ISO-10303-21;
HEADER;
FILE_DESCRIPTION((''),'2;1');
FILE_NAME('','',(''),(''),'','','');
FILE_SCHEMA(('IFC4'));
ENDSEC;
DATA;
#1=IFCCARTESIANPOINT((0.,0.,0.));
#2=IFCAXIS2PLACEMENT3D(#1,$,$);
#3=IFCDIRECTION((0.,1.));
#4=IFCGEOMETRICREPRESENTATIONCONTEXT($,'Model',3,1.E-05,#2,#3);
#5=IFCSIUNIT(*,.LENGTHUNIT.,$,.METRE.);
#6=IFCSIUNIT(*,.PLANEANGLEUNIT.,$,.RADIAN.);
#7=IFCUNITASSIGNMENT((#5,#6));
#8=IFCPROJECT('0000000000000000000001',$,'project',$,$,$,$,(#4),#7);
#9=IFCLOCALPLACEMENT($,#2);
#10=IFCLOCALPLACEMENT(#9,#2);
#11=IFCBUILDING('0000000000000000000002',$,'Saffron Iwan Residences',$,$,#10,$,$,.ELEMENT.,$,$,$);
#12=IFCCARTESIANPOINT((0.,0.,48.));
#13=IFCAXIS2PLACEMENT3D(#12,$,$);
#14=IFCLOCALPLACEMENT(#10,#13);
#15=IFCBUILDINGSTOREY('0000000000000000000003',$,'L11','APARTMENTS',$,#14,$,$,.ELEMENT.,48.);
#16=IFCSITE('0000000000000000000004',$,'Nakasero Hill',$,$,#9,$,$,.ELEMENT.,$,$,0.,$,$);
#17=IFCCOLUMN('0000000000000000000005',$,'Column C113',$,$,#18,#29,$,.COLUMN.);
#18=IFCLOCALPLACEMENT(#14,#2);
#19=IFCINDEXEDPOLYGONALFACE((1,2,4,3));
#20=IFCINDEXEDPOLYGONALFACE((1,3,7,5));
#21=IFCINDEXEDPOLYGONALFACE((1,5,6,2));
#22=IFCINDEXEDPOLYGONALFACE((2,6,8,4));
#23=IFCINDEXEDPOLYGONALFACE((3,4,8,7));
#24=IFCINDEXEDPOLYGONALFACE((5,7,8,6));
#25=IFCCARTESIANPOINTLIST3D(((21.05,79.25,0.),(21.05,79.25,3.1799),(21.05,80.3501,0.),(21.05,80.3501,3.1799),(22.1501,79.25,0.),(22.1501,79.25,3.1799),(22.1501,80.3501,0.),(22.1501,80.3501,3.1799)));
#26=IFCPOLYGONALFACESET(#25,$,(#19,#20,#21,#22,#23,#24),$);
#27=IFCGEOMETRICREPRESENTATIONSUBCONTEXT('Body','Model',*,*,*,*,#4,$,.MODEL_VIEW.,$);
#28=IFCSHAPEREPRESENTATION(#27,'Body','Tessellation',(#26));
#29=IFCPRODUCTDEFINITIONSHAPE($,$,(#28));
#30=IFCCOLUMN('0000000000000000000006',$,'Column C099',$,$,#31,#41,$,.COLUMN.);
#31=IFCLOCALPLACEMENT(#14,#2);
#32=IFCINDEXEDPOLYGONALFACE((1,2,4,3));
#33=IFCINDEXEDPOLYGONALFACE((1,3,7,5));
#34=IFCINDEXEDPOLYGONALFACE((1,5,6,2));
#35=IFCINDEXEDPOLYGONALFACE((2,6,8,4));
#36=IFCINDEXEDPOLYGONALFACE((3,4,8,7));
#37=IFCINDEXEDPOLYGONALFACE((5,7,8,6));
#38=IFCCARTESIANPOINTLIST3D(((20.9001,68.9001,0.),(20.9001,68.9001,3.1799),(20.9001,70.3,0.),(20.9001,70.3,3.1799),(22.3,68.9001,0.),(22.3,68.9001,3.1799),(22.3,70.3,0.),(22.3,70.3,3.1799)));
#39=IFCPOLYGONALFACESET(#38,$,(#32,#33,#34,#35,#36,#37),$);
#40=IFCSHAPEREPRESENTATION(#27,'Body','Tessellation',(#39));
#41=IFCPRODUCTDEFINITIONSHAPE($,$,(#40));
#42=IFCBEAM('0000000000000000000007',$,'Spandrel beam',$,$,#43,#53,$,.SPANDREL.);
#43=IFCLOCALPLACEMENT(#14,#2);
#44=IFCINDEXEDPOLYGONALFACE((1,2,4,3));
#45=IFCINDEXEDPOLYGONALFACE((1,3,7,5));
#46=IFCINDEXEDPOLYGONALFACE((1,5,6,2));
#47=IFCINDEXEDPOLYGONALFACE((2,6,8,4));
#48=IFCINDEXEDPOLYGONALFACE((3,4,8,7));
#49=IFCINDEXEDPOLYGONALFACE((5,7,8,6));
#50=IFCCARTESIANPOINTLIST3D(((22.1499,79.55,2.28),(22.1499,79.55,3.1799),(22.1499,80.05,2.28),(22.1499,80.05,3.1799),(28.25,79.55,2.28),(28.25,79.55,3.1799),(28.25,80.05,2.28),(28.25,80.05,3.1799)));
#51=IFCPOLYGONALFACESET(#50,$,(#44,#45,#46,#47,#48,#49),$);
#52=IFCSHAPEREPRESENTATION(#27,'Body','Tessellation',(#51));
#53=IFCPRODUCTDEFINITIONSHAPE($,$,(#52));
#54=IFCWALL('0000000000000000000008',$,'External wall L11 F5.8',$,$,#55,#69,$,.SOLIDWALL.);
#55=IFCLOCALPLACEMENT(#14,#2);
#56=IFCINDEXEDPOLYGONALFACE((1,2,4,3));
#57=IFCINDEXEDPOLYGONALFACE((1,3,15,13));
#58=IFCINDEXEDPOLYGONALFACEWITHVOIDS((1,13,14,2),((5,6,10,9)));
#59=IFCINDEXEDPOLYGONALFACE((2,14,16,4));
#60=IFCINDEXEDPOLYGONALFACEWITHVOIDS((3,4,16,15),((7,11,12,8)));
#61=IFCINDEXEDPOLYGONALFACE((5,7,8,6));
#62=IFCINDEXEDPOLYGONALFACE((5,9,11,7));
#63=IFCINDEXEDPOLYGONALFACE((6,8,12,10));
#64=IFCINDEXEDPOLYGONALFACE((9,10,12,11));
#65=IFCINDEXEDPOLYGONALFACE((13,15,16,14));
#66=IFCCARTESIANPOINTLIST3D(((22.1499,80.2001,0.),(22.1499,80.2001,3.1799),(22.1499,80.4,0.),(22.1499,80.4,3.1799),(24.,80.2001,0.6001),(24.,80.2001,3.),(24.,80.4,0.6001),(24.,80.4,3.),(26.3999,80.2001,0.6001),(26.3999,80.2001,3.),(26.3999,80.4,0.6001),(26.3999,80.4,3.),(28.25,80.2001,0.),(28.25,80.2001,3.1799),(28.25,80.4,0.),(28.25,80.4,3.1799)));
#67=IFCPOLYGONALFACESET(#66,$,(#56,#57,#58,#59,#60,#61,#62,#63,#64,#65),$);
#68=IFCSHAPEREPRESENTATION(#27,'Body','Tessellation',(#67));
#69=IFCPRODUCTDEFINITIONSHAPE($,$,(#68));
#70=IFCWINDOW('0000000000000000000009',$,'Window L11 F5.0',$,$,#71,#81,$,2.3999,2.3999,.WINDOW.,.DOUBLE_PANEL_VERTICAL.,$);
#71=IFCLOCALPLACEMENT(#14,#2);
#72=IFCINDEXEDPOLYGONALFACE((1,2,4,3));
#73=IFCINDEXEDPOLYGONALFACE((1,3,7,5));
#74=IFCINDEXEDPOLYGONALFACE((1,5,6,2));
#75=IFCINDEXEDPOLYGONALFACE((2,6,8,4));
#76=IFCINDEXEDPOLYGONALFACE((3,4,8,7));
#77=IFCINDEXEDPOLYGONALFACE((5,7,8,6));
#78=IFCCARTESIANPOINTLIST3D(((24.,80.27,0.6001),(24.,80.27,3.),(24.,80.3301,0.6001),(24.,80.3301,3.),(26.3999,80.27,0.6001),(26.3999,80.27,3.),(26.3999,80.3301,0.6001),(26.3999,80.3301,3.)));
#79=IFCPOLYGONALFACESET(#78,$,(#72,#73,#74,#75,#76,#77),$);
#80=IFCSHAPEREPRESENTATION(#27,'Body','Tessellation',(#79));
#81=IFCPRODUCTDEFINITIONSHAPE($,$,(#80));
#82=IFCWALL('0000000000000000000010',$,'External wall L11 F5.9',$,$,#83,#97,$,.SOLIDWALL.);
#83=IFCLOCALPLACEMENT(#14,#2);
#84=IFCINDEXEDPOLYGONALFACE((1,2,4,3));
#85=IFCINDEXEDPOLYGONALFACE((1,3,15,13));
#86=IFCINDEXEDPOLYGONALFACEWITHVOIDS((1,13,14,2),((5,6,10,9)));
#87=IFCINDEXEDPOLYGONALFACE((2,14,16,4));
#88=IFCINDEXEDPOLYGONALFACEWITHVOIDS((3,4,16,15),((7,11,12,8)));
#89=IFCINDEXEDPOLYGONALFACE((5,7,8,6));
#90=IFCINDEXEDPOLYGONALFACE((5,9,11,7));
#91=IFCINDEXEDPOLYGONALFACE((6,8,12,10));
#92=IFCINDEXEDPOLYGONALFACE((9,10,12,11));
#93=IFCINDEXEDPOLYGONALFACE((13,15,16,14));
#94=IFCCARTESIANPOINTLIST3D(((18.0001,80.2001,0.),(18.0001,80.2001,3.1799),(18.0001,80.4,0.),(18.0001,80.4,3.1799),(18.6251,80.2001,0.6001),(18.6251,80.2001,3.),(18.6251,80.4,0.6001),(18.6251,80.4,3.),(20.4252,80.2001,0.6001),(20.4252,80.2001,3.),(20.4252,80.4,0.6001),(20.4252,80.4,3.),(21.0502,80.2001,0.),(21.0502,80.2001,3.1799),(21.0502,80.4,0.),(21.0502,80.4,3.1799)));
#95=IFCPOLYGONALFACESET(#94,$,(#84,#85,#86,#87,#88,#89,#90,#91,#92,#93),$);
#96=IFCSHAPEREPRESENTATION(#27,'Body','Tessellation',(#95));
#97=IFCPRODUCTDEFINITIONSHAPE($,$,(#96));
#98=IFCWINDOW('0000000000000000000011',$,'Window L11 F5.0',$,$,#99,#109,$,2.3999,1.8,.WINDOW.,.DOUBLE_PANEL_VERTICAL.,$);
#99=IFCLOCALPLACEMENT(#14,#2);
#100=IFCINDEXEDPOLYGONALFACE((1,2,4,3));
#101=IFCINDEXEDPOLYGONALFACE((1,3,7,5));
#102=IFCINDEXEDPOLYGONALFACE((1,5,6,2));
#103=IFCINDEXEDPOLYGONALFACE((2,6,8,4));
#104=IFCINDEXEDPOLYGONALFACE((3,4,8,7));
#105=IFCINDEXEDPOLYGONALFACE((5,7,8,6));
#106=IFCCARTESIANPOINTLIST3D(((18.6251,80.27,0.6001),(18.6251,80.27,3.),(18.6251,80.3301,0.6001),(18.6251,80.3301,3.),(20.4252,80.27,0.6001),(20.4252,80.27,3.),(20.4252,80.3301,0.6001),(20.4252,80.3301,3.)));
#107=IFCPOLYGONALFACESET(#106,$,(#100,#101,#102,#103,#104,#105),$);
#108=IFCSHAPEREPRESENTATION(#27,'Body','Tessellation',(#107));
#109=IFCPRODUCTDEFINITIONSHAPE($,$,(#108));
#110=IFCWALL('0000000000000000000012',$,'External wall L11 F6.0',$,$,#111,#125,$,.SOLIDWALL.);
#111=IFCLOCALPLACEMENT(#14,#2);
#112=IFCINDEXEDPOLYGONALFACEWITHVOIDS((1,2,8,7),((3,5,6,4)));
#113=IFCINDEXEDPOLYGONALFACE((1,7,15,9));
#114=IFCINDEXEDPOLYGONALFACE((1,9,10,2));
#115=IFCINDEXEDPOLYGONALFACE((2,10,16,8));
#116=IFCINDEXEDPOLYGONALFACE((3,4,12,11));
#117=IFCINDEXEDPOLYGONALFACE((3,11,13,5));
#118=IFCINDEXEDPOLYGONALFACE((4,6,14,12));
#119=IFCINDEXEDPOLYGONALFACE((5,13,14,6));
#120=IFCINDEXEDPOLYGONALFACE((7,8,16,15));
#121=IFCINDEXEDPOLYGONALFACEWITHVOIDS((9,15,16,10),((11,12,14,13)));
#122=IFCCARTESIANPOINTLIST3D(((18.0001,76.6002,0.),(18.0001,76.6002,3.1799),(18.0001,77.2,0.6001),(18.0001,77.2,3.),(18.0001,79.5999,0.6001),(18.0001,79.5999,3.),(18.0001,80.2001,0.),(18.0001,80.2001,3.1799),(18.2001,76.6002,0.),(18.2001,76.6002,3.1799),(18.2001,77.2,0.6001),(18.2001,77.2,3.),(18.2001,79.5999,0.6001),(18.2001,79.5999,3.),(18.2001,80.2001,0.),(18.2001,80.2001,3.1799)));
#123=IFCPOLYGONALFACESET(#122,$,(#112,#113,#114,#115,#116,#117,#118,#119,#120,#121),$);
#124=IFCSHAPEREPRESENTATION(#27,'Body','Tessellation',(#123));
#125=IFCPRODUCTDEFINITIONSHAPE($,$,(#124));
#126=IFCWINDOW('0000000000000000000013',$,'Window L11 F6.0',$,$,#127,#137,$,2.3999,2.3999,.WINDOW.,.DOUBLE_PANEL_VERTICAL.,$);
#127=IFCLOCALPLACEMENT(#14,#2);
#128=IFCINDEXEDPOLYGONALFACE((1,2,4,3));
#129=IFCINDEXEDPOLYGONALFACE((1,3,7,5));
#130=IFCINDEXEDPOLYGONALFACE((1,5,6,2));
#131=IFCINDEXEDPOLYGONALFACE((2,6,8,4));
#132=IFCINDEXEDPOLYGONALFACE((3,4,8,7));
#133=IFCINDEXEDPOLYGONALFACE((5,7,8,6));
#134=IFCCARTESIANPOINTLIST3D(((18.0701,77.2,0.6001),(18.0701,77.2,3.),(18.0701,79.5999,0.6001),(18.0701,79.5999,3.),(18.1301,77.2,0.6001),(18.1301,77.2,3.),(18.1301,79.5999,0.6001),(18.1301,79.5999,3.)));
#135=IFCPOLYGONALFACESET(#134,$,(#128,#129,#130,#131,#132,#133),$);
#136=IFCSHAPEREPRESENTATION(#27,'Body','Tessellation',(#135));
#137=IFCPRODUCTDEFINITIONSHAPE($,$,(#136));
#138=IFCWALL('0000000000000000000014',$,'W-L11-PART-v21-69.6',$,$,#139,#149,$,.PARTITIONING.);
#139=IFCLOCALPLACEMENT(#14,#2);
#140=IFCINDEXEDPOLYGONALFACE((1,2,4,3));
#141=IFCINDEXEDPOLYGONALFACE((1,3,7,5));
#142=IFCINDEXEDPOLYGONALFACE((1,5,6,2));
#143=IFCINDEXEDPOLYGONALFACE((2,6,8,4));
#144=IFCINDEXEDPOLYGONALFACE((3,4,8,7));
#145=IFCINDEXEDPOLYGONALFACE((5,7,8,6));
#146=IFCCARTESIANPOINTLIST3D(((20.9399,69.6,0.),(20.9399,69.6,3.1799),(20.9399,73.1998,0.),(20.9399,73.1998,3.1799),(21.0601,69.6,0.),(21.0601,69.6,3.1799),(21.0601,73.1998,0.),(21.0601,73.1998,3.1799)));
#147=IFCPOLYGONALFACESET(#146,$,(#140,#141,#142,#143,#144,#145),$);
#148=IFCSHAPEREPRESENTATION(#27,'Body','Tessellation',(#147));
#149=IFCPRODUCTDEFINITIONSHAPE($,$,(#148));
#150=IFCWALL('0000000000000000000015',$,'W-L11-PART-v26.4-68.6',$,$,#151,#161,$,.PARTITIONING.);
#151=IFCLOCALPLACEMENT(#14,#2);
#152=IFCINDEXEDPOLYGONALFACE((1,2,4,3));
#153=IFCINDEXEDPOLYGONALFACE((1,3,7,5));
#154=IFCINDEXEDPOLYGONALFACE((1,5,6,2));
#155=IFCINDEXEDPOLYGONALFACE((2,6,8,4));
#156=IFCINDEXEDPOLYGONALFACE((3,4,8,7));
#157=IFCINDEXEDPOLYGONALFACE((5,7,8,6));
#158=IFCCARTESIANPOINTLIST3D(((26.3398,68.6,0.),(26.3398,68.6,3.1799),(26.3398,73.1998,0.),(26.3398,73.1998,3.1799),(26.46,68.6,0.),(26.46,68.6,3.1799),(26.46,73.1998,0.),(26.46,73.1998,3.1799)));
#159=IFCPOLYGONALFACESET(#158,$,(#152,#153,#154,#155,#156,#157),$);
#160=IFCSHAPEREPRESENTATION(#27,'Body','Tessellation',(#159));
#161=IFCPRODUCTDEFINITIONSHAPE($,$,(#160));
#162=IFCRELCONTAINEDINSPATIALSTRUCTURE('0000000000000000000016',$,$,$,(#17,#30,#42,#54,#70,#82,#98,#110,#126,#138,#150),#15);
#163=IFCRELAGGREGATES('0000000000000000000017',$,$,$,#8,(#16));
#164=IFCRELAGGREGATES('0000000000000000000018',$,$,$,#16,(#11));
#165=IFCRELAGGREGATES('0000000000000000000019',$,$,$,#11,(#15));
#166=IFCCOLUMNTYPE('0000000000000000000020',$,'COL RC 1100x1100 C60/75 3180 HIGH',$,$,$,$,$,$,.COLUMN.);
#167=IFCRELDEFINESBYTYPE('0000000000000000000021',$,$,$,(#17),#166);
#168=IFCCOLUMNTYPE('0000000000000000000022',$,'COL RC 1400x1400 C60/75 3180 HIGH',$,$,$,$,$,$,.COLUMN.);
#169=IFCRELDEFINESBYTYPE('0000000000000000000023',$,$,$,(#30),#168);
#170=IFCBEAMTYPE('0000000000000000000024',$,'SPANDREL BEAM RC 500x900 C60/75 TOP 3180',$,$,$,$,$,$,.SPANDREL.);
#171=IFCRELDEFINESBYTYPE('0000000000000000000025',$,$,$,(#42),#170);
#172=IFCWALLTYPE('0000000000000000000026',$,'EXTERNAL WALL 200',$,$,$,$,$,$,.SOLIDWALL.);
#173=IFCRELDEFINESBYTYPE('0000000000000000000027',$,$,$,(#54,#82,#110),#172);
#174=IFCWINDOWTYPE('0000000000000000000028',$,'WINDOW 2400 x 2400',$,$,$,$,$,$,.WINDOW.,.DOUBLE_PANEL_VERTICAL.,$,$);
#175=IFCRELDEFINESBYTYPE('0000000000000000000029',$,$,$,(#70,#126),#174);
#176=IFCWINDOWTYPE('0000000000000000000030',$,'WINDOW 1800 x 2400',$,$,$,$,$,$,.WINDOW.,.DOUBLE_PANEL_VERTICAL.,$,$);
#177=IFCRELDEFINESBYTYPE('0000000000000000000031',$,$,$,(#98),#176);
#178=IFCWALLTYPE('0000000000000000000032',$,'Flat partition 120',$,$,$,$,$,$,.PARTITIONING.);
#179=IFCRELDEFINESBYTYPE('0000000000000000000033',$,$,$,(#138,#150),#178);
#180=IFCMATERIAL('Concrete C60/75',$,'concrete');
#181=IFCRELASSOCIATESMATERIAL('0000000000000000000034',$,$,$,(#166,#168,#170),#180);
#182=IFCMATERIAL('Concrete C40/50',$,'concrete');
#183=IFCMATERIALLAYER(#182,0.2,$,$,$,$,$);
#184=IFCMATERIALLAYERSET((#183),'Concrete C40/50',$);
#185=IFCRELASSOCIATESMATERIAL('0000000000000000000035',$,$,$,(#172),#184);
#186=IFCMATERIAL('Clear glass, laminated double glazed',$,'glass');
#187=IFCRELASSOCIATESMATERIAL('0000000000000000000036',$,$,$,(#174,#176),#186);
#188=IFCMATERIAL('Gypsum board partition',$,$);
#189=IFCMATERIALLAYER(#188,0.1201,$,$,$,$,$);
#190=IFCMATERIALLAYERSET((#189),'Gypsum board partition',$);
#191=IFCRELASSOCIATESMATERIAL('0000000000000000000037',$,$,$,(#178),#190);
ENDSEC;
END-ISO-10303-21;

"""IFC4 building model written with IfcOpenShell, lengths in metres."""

from ifc_helpers import new_model, si_unit, direction, frame, frame_2d, origin, origin_2d, place, context, subcontext, project, spatial, rectangle, extrude, source, transform, mapped, material, layer, layer_set, material_profile, profile_set, type_object, element, fill, save


model = new_model("IFC4")

# Units and contexts
model_context = context("Model", 3, precision=1e-05, world=origin(), true_north=direction((0.0, 1.0)))
body_context = subcontext(model_context, "Body", "Model", "MODEL_VIEW")
ifc_project = project(units=[si_unit("LENGTHUNIT", "METRE"), si_unit("PLANEANGLEUNIT", "RADIAN")], contexts=[model_context])

# Site, building, storey
site_placement = place(None, origin())
site = spatial("IfcSite", under=ifc_project, at=site_placement, Name="Nakasero Hill", CompositionType="ELEMENT", RefElevation=0.0)
building_placement = place(site_placement, origin())
building = spatial("IfcBuilding", under=site, at=building_placement, Name="Saffron Iwan Residences", CompositionType="ELEMENT")
storey_placement = place(building_placement, frame((0.0, 0.0, 48.0)))
storey = spatial("IfcBuildingStorey", under=building, at=storey_placement, Name="L11", Description="APARTMENTS", CompositionType="ELEMENT", Elevation=48.0)

# Columns
ifc_material_1 = material(Name="Concrete C60/75", Category="concrete")
ifc_material_profile_1 = material_profile(ifc_material_1, rectangle(XDim=1.1001, YDim=1.1001, at=origin_2d()), Name="RC 1100x1100")
ifc_profile_set_1 = profile_set([ifc_material_profile_1], Name="Concrete C60/75")
column_type_1 = type_object("IfcColumnType", Name="COL RC 1100x1100 C60/75 3180 HIGH", PredefinedType="COLUMN", material=ifc_profile_set_1)
shared_shape_1 = source(origin(), body_context, "Body", "SweptSolid", [
    extrude(rectangle(XDim=1.1001, YDim=1.1001, at=origin_2d()), origin(), (0.0, 0.0, 1.0), 3.1799),
])
column_1_placement = place(storey_placement, frame((21.6001, 79.8, 0.0), z_axis=(0.0, 0.0, 1.0), x_axis=(1.0, 0.0, 0.0)))
element("IfcColumn", 1, at=column_1_placement, inside=storey, type_object=column_type_1, Name="Column C113", PredefinedType="COLUMN", context=body_context, shape_type="MappedRepresentation", body=[
    mapped(shared_shape_1, transform((0.0, 0.0, 0.0))),
])
ifc_material_profile_2 = material_profile(ifc_material_1, rectangle(XDim=1.3999, YDim=1.3999, at=origin_2d()), Name="RC 1400x1400")
ifc_profile_set_2 = profile_set([ifc_material_profile_2], Name="Concrete C60/75")
column_type_2 = type_object("IfcColumnType", Name="COL RC 1400x1400 C60/75 3180 HIGH", PredefinedType="COLUMN", material=ifc_profile_set_2)
shared_shape_2 = source(origin(), body_context, "Body", "SweptSolid", [
    extrude(rectangle(XDim=1.3999, YDim=1.3999, at=origin_2d()), origin(), (0.0, 0.0, 1.0), 3.1799),
])
column_2_placement = place(storey_placement, frame((21.6001, 69.6001, 0.0), z_axis=(0.0, 0.0, 1.0), x_axis=(1.0, 0.0, 0.0)))
element("IfcColumn", 2, at=column_2_placement, inside=storey, type_object=column_type_2, Name="Column C099", PredefinedType="COLUMN", context=body_context, shape_type="MappedRepresentation", body=[
    mapped(shared_shape_2, transform((0.0, 0.0, 0.0))),
])

# Beam
ifc_material_profile_3 = material_profile(ifc_material_1, rectangle(XDim=0.5, YDim=0.8999, at=origin_2d()), Name="RC 500x900")
ifc_profile_set_3 = profile_set([ifc_material_profile_3], Name="Concrete C60/75")
beam_type = type_object("IfcBeamType", Name="SPANDREL BEAM RC 500x900 C60/75 TOP 3180", PredefinedType="SPANDREL", material=ifc_profile_set_3)
shared_shape_3 = source(origin(), body_context, "Body", "SweptSolid", [
    extrude(rectangle(XDim=0.5, YDim=0.8999, at=origin_2d()), origin(), (0.0, 0.0, 1.0), 6.1001),
])
beam_placement = place(storey_placement, frame((22.1499, 79.8, 2.73), z_axis=(1.0, 0.0, 0.0), x_axis=(0.0, 1.0, 0.0)))
element("IfcBeam", 3, at=beam_placement, inside=storey, type_object=beam_type, Name="Spandrel beam", PredefinedType="SPANDREL", context=body_context, shape_type="MappedRepresentation", body=[
    mapped(shared_shape_3, transform((0.0, 0.0, 0.0))),
])

# Walls, openings, windows
ifc_material_2 = material(Name="Concrete C40/50", Category="concrete")
ifc_layer_1 = layer(ifc_material_2, 0.2)
ifc_layer_set_1 = layer_set([ifc_layer_1], Name="Concrete C40/50")
wall_type_1 = type_object("IfcWallType", Name="EXTERNAL WALL 200", PredefinedType="SOLIDWALL", material=ifc_layer_set_1)
wall_1_placement = place(storey_placement, frame((28.25, 80.3, 0.0), z_axis=(0.0, 0.0, 1.0), x_axis=(-1.0, 0.0, 0.0)))
wall_1 = element("IfcWall", 4, at=wall_1_placement, inside=storey, type_object=wall_type_1, Name="External wall L11 F5.8", PredefinedType="SOLIDWALL", context=body_context, shape_type="SweptSolid", body=[
    extrude(rectangle(XDim=6.1001, YDim=0.2, at=frame_2d((3.05, 0.0))), origin(), (0.0, 0.0, 1.0), 3.1799),
])
opening_1_placement = place(wall_1_placement, frame((1.8501, 0.0, 0.6001)))
opening_1 = element("IfcOpeningElement", 5, at=opening_1_placement, cuts=wall_1, PredefinedType="OPENING", context=body_context, shape_type="SweptSolid", body=[
    extrude(rectangle(XDim=2.3999, YDim=2.3999, at=frame_2d((1.2, 1.2))), frame((0.0, 0.1099, 0.0), z_axis=(0.0, -1.0, 0.0), x_axis=(1.0, 0.0, 0.0)), (0.0, 0.0, 1.0), 0.22),
])
ifc_material_3 = material(Name="Clear glass, laminated double glazed", Category="glass")
window_type_1 = type_object("IfcWindowType", Name="WINDOW 2400 x 2400", PartitioningType="DOUBLE_PANEL_VERTICAL", PredefinedType="WINDOW", material=ifc_material_3)
window_1_placement = place(opening_1_placement, origin())
window_1 = element("IfcWindow", 6, at=window_1_placement, inside=storey, type_object=window_type_1, Name="Window L11 F5.0", OverallHeight=2.3999, OverallWidth=2.3999, PartitioningType="DOUBLE_PANEL_VERTICAL", PredefinedType="WINDOW", context=body_context, shape_type="SweptSolid", body=[
    extrude(rectangle(XDim=2.3999, YDim=2.3999, at=frame_2d((1.2, 1.2))), frame((0.0, 0.03, 0.0), z_axis=(0.0, -1.0, 0.0), x_axis=(1.0, 0.0, 0.0)), (0.0, 0.0, 1.0), 0.0601),
])
fill(opening_1, window_1)
wall_2_placement = place(storey_placement, frame((21.05, 80.3, 0.0), z_axis=(0.0, 0.0, 1.0), x_axis=(-1.0, 0.0, 0.0)))
wall_2 = element("IfcWall", 7, at=wall_2_placement, inside=storey, type_object=wall_type_1, Name="External wall L11 F5.9", PredefinedType="SOLIDWALL", context=body_context, shape_type="SweptSolid", body=[
    extrude(rectangle(XDim=3.05, YDim=0.2, at=frame_2d((1.5249, 0.0))), origin(), (0.0, 0.0, 1.0), 3.1799),
])
opening_2_placement = place(wall_2_placement, frame((0.625, 0.0, 0.6001)))
opening_2 = element("IfcOpeningElement", 8, at=opening_2_placement, cuts=wall_2, PredefinedType="OPENING", context=body_context, shape_type="SweptSolid", body=[
    extrude(rectangle(XDim=1.8, YDim=2.3999, at=frame_2d((0.8999, 1.2))), frame((0.0, 0.1099, 0.0), z_axis=(0.0, -1.0, 0.0), x_axis=(1.0, 0.0, 0.0)), (0.0, 0.0, 1.0), 0.22),
])
window_type_2 = type_object("IfcWindowType", Name="WINDOW 1800 x 2400", PartitioningType="DOUBLE_PANEL_VERTICAL", PredefinedType="WINDOW", material=ifc_material_3)
window_2_placement = place(opening_2_placement, origin())
window_2 = element("IfcWindow", 9, at=window_2_placement, inside=storey, type_object=window_type_2, Name="Window L11 F5.0", OverallHeight=2.3999, OverallWidth=1.8, PartitioningType="DOUBLE_PANEL_VERTICAL", PredefinedType="WINDOW", context=body_context, shape_type="SweptSolid", body=[
    extrude(rectangle(XDim=1.8, YDim=2.3999, at=frame_2d((0.8999, 1.2))), frame((0.0, 0.03, 0.0), z_axis=(0.0, -1.0, 0.0), x_axis=(1.0, 0.0, 0.0)), (0.0, 0.0, 1.0), 0.0601),
])
fill(opening_2, window_2)
wall_3_placement = place(storey_placement, frame((18.1001, 80.2, 0.0), z_axis=(0.0, 0.0, 1.0), x_axis=(0.0, -1.0, 0.0)))
wall_3 = element("IfcWall", 10, at=wall_3_placement, inside=storey, type_object=wall_type_1, Name="External wall L11 F6.0", PredefinedType="SOLIDWALL", context=body_context, shape_type="SweptSolid", body=[
    extrude(rectangle(XDim=3.5999, YDim=0.2, at=frame_2d((1.7998, 0.0))), origin(), (0.0, 0.0, 1.0), 3.1799),
])
opening_3_placement = place(wall_3_placement, frame((0.6001, 0.0, 0.6001)))
opening_3 = element("IfcOpeningElement", 11, at=opening_3_placement, cuts=wall_3, PredefinedType="OPENING", context=body_context, shape_type="SweptSolid", body=[
    extrude(rectangle(XDim=2.3999, YDim=2.3999, at=frame_2d((1.2, 1.2))), frame((0.0, 0.1099, 0.0), z_axis=(0.0, -1.0, 0.0), x_axis=(1.0, 0.0, 0.0)), (0.0, 0.0, 1.0), 0.22),
])
window_3_placement = place(opening_3_placement, origin())
window_3 = element("IfcWindow", 12, at=window_3_placement, inside=storey, type_object=window_type_1, Name="Window L11 F6.0", OverallHeight=2.3999, OverallWidth=2.3999, PartitioningType="DOUBLE_PANEL_VERTICAL", PredefinedType="WINDOW", context=body_context, shape_type="SweptSolid", body=[
    extrude(rectangle(XDim=2.3999, YDim=2.3999, at=frame_2d((1.2, 1.2))), frame((0.0, 0.03, 0.0), z_axis=(0.0, -1.0, 0.0), x_axis=(1.0, 0.0, 0.0)), (0.0, 0.0, 1.0), 0.0601),
])
fill(opening_3, window_3)

# Walls
ifc_material_4 = material(Name="Gypsum board partition")
ifc_layer_2 = layer(ifc_material_4, 0.1201)
ifc_layer_set_2 = layer_set([ifc_layer_2], Name="Gypsum board partition")
wall_type_2 = type_object("IfcWallType", Name="Flat partition 120", PredefinedType="PARTITIONING", material=ifc_layer_set_2)
wall_4_placement = place(storey_placement, frame((21.0, 69.6001, 0.0), z_axis=(0.0, 0.0, 1.0), x_axis=(0.0, 1.0, 0.0)))
element("IfcWall", 13, at=wall_4_placement, inside=storey, type_object=wall_type_2, Name="W-L11-PART-v21-69.6", PredefinedType="PARTITIONING", context=body_context, shape_type="SweptSolid", body=[
    extrude(rectangle(XDim=3.5999, YDim=0.1201, at=frame_2d((1.7998, 0.0))), origin(), (0.0, 0.0, 1.0), 3.1799),
])
wall_5_placement = place(storey_placement, frame((26.3999, 68.6001, 0.0), z_axis=(0.0, 0.0, 1.0), x_axis=(0.0, 1.0, 0.0)))
element("IfcWall", 14, at=wall_5_placement, inside=storey, type_object=wall_type_2, Name="W-L11-PART-v26.4-68.6", PredefinedType="PARTITIONING", context=body_context, shape_type="SweptSolid", body=[
    extrude(rectangle(XDim=4.5999, YDim=0.1201, at=frame_2d((2.2998, 0.0))), origin(), (0.0, 0.0, 1.0), 3.1799),
])

save(model, "model.ifc")
